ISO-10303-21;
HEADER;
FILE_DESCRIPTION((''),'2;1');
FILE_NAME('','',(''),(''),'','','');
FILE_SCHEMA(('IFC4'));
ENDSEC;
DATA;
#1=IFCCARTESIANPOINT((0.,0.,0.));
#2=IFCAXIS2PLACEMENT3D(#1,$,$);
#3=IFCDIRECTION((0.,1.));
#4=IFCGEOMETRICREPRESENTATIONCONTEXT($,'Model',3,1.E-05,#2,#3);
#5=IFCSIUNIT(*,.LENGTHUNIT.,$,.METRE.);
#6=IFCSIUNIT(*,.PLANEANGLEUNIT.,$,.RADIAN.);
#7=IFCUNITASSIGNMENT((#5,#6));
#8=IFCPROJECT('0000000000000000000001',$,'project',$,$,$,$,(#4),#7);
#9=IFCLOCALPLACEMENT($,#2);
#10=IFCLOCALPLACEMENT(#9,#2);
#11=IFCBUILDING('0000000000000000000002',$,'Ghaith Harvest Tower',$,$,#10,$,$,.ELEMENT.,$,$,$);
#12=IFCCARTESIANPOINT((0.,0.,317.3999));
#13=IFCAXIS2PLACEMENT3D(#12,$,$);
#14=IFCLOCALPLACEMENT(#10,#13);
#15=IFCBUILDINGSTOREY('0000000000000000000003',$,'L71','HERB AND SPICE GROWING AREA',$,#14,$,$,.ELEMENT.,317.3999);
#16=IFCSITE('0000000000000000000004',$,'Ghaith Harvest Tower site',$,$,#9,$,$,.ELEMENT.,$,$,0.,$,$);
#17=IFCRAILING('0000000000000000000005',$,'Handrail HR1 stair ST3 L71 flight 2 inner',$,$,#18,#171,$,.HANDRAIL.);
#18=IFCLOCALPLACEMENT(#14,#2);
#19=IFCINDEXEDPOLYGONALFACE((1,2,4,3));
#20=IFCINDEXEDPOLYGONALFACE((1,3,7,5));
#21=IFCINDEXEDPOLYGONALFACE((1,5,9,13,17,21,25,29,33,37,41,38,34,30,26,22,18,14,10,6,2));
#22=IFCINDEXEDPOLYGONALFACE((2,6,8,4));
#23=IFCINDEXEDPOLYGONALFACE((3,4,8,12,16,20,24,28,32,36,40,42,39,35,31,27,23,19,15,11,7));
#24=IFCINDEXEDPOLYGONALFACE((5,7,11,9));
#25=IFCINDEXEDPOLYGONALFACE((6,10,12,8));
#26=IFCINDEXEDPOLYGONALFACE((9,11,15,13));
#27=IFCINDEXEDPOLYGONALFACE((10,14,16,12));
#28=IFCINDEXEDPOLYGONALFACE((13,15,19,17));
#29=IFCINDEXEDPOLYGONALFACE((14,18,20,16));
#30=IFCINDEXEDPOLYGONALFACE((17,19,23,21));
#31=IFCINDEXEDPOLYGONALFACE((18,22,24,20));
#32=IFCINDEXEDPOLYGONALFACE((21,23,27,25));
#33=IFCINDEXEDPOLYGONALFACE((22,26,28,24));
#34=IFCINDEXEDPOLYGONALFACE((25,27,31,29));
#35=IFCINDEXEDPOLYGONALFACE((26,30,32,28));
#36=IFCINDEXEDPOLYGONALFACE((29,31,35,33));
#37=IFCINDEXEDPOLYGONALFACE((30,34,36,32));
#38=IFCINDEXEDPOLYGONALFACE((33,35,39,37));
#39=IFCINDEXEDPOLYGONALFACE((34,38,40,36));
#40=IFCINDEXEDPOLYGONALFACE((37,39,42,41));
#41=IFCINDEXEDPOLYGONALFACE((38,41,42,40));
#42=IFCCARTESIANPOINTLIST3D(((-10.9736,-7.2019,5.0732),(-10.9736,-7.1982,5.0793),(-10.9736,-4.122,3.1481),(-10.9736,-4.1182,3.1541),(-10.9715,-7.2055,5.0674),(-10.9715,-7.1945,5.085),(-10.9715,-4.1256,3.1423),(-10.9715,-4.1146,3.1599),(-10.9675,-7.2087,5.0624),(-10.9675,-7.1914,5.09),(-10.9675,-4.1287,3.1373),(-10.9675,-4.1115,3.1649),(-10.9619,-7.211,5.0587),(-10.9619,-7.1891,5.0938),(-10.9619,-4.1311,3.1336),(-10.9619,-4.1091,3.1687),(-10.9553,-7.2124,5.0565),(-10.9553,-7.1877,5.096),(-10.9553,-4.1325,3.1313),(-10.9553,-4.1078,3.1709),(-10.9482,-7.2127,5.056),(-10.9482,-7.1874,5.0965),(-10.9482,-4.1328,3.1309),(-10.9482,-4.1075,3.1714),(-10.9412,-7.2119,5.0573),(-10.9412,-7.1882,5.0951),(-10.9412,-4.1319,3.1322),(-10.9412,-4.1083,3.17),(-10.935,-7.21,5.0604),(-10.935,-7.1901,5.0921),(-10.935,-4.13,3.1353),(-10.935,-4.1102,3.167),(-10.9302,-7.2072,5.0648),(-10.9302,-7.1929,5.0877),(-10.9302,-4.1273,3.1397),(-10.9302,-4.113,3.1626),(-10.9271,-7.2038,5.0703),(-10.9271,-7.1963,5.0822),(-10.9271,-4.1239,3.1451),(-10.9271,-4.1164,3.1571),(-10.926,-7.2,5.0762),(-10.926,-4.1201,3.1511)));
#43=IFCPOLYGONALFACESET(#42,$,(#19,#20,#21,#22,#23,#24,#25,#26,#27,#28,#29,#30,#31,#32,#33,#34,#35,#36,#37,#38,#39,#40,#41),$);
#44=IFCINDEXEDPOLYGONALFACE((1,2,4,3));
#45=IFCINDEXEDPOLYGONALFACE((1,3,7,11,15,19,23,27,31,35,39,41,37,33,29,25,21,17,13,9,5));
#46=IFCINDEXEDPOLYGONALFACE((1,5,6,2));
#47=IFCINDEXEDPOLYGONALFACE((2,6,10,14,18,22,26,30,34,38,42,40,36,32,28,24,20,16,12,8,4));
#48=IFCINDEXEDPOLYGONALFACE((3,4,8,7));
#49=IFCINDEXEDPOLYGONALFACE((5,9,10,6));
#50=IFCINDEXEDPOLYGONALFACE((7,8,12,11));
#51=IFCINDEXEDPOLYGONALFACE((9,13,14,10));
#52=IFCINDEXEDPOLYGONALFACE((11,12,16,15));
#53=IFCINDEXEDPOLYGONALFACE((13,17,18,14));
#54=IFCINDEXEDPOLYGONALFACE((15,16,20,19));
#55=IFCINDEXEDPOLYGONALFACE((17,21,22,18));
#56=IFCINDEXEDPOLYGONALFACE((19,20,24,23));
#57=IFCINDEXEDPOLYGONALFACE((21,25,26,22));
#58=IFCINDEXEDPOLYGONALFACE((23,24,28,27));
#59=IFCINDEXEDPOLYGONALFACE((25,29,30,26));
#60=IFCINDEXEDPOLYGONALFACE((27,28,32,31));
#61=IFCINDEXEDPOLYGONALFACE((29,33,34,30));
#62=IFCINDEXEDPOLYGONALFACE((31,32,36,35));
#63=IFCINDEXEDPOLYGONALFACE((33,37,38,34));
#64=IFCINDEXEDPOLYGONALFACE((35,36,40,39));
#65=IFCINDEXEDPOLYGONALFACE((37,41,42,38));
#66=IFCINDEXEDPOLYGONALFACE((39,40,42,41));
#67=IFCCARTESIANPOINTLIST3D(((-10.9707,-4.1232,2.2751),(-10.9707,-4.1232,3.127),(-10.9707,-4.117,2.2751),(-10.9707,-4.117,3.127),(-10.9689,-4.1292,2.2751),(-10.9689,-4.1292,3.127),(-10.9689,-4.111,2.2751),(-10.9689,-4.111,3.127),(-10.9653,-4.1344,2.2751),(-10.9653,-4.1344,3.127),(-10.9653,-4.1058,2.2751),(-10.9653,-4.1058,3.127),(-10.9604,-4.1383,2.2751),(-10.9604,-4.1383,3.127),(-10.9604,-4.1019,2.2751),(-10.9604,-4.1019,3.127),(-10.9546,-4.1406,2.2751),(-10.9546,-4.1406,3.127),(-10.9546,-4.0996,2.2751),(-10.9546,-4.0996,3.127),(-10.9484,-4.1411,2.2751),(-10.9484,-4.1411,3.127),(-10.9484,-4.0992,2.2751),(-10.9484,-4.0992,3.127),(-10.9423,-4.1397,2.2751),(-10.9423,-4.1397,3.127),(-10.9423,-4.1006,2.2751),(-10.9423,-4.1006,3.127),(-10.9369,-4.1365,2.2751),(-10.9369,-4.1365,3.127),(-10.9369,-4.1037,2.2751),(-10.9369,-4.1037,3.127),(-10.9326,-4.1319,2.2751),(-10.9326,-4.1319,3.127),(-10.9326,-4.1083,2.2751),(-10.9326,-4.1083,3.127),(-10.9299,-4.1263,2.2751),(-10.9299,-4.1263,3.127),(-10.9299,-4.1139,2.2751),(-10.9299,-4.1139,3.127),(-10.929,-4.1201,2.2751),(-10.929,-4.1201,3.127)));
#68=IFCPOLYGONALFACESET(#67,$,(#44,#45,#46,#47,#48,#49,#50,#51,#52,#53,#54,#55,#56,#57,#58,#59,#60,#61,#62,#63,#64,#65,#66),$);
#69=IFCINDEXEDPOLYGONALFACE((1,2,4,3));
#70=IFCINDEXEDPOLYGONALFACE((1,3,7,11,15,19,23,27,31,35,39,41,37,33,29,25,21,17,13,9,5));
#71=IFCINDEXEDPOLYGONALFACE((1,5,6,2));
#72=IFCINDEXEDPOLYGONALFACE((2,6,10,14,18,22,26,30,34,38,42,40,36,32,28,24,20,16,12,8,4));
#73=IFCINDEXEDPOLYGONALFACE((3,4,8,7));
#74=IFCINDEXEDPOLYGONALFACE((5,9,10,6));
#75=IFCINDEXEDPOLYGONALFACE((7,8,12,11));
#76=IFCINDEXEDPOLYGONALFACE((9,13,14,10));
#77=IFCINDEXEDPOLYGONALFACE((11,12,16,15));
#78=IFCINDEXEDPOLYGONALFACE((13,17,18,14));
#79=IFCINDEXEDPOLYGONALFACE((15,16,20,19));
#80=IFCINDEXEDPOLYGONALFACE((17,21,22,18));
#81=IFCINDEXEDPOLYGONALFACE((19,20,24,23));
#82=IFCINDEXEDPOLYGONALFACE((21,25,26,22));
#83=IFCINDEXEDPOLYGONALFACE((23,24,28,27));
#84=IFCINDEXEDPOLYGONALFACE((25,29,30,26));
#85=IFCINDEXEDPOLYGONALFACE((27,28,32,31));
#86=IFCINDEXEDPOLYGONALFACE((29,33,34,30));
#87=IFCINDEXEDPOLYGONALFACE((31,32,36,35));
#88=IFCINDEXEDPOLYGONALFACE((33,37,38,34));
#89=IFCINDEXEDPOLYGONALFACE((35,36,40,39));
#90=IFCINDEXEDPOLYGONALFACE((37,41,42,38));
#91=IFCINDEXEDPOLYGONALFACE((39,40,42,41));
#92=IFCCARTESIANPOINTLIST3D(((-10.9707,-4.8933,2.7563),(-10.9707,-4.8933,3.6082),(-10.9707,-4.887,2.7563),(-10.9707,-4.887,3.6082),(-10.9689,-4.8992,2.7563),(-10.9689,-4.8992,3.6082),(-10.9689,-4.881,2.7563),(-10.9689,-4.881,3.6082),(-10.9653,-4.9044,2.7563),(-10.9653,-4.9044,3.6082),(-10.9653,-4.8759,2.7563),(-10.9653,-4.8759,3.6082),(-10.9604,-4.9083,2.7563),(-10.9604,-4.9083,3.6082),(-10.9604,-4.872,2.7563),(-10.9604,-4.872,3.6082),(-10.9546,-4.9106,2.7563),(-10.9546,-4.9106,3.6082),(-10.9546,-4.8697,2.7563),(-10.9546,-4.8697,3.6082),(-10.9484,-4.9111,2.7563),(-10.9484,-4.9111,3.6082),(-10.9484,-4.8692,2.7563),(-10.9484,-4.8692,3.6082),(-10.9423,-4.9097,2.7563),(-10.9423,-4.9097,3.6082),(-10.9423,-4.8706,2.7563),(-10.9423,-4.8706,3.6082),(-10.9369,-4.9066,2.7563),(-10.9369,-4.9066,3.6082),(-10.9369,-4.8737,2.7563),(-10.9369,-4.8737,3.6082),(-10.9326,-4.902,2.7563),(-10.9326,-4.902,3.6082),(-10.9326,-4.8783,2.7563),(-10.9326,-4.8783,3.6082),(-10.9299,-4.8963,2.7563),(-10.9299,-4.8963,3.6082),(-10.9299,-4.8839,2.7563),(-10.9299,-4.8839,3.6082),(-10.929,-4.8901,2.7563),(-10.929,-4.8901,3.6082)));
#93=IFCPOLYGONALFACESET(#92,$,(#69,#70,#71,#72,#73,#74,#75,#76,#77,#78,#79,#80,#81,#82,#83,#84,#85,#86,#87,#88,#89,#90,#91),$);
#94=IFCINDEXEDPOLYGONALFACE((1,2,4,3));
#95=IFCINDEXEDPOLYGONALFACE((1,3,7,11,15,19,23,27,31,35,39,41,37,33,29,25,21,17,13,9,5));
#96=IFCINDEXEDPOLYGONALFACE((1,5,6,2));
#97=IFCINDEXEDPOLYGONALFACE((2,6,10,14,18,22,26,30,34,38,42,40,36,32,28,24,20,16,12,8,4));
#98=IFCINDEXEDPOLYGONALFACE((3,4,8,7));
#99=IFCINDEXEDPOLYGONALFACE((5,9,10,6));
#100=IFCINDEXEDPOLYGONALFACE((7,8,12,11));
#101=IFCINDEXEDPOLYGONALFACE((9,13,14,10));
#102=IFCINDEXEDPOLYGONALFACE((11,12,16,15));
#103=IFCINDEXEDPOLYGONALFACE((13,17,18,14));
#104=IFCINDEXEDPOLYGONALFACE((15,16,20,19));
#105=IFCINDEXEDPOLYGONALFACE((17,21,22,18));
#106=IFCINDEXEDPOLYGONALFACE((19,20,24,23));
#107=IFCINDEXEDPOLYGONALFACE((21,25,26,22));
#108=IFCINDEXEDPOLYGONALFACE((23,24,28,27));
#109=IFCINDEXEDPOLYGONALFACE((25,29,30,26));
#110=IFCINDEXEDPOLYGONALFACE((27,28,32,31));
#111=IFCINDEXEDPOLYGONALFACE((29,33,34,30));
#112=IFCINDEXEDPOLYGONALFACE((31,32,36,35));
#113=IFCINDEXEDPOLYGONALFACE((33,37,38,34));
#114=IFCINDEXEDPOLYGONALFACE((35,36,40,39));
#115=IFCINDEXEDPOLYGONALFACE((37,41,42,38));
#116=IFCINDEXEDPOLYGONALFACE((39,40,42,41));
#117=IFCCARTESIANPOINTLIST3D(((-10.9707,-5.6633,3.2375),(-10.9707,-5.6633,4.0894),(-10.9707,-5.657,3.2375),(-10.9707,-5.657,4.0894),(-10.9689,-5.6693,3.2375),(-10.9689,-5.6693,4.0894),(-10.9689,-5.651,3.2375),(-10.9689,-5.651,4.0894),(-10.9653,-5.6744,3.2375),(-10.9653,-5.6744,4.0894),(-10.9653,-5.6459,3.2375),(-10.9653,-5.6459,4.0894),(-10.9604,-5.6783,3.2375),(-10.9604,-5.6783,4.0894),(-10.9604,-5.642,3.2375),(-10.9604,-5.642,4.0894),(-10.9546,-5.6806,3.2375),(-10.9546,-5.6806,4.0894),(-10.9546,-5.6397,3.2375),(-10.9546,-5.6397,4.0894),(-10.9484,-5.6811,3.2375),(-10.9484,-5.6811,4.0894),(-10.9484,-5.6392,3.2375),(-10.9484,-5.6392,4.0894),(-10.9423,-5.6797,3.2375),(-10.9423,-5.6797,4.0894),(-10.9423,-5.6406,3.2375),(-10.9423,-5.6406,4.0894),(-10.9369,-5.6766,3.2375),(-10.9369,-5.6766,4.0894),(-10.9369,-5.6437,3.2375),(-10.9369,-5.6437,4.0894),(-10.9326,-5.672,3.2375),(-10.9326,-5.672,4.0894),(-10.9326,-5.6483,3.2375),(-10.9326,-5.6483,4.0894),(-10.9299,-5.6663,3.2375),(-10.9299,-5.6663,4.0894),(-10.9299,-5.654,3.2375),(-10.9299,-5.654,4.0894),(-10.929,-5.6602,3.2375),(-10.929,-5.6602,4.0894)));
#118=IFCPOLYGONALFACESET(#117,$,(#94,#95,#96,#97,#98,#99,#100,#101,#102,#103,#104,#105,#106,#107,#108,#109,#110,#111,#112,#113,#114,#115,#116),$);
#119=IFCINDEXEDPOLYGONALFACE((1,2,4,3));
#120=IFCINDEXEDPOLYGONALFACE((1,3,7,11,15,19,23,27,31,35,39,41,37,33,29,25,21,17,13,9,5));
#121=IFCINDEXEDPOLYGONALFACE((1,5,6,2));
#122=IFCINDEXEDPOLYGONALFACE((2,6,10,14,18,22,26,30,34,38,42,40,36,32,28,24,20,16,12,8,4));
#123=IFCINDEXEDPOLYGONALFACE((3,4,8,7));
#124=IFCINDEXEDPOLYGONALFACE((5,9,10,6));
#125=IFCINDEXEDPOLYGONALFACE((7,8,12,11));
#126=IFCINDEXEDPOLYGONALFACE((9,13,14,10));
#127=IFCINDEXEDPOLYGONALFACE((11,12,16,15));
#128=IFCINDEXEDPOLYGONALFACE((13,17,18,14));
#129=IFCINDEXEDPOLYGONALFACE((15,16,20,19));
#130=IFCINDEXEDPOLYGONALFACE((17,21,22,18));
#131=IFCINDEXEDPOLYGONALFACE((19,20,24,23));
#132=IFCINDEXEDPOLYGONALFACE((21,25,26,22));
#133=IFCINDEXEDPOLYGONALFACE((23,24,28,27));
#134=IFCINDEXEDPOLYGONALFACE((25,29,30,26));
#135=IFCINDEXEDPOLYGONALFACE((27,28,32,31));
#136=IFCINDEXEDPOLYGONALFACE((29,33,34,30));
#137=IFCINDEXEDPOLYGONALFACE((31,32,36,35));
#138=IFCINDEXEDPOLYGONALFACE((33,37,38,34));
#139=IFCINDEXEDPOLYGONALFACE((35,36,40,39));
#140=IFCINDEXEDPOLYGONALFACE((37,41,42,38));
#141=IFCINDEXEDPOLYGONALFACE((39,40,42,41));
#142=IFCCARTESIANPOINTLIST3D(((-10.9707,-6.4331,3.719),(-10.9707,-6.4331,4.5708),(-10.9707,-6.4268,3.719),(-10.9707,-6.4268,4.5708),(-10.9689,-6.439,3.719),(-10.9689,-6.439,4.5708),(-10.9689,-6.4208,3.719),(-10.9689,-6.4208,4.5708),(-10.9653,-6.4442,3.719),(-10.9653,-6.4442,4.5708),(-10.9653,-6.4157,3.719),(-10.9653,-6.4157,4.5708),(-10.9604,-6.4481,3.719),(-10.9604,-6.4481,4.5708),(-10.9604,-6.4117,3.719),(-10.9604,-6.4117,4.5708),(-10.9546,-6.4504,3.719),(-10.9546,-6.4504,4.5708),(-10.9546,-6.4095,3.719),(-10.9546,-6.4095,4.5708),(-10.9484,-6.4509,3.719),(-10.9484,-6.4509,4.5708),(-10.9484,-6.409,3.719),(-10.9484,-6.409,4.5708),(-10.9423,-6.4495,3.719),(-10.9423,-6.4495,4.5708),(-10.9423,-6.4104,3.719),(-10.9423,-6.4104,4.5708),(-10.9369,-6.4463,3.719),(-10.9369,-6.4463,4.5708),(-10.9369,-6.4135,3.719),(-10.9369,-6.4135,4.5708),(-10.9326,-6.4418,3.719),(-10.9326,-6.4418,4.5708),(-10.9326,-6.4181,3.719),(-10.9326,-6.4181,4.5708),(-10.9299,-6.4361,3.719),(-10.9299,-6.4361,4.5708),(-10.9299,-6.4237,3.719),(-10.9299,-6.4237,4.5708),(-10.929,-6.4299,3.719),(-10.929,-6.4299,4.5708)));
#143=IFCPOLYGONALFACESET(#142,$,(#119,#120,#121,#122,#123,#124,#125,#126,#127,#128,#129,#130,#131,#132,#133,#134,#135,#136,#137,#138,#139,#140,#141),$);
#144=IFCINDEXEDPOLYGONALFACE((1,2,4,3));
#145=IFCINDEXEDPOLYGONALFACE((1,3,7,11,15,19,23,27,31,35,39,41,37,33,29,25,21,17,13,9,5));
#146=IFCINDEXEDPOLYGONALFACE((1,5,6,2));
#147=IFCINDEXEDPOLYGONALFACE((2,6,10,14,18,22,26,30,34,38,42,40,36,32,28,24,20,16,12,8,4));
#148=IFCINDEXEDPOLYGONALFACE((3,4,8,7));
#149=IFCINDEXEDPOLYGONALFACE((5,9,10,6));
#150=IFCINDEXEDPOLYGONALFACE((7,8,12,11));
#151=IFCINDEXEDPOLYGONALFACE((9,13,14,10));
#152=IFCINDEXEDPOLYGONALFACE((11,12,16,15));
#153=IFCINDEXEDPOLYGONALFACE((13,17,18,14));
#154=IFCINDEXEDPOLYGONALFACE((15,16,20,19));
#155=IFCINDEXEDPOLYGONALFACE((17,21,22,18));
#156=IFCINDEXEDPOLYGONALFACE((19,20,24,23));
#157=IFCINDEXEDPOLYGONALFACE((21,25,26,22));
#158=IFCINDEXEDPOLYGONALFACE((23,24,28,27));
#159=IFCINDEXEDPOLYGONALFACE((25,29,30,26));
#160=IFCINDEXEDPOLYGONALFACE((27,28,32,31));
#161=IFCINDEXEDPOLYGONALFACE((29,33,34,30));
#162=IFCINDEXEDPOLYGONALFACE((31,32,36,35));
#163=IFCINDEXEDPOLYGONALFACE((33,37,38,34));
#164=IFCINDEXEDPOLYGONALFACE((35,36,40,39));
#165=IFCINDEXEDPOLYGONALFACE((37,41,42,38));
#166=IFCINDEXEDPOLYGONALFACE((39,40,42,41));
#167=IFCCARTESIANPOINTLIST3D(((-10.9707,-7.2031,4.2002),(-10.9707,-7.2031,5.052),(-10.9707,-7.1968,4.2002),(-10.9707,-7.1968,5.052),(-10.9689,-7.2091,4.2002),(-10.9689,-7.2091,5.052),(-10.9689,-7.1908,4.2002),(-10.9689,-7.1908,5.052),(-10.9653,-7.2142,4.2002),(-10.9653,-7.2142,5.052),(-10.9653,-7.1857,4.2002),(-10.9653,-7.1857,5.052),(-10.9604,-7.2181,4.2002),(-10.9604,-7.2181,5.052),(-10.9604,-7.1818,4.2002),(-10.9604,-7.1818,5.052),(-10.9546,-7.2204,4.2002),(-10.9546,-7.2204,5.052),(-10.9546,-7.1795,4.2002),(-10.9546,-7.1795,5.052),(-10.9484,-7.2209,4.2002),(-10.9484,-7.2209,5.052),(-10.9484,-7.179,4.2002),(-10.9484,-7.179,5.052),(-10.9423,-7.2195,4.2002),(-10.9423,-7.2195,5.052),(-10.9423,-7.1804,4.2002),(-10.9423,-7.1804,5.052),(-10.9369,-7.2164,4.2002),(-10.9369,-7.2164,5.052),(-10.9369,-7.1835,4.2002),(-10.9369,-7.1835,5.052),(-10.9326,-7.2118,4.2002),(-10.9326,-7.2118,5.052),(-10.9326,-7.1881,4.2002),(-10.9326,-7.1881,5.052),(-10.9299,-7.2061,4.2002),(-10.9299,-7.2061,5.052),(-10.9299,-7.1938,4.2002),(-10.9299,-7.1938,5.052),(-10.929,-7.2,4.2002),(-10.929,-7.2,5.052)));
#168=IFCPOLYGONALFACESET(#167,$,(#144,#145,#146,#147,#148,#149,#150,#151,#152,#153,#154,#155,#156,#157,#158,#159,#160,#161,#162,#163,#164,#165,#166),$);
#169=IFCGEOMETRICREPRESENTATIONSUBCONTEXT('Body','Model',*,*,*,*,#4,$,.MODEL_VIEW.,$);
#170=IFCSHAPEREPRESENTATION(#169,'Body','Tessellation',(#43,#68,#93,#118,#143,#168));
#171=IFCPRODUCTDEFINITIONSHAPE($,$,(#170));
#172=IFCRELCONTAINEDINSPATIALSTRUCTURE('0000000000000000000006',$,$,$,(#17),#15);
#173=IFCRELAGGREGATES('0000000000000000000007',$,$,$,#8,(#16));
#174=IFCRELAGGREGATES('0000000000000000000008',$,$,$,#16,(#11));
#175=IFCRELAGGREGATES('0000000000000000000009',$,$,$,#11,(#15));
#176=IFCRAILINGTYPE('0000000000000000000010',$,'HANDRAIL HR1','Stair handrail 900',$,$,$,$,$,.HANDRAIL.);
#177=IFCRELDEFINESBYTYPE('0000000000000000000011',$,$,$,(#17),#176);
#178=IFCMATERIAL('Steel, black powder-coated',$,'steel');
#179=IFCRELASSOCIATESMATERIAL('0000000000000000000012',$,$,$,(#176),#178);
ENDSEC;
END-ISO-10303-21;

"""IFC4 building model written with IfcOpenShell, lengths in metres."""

from ifc_helpers import new_model, si_unit, direction, frame, origin, origin_2d, place, context, subcontext, project, spatial, circle, extrude, material, type_object, element, save


model = new_model("IFC4")

# Units and contexts
model_context = context("Model", 3, precision=1e-05, world=origin(), true_north=direction((0.0, 1.0)))
body_context = subcontext(model_context, "Body", "Model", "MODEL_VIEW")
ifc_project = project(units=[si_unit("LENGTHUNIT", "METRE"), si_unit("PLANEANGLEUNIT", "RADIAN")], contexts=[model_context])

# Site, building, storey
site_placement = place(None, origin())
site = spatial("IfcSite", under=ifc_project, at=site_placement, Name="Ghaith Harvest Tower site", CompositionType="ELEMENT", RefElevation=0.0)
building_placement = place(site_placement, origin())
building = spatial("IfcBuilding", under=site, at=building_placement, Name="Ghaith Harvest Tower", CompositionType="ELEMENT")
storey_placement = place(building_placement, frame((0.0, 0.0, 317.3999)))
storey = spatial("IfcBuildingStorey", under=building, at=storey_placement, Name="L71", Description="HERB AND SPICE GROWING AREA", CompositionType="ELEMENT", Elevation=317.3999)

# Railing
ifc_material_1 = material(Name="Steel, black powder-coated", Category="steel")
railing_type = type_object("IfcRailingType", Name="HANDRAIL HR1", Description="Stair handrail 900", PredefinedType="HANDRAIL", material=ifc_material_1)
railing_1_placement = place(storey_placement, frame((-10.95, -4.1201, 2.2751)))
element("IfcRailing", 1, at=railing_1_placement, inside=storey, type_object=railing_type, Name="Handrail HR1 stair ST3 L71 flight 2 inner", PredefinedType="HANDRAIL", context=body_context, shape_type="SweptSolid", body=[
    extrude(circle(Radius=0.0239, at=origin_2d()), frame((0.0, 0.0, 0.876), z_axis=(0.0, -0.847979, 0.530029), x_axis=(1.0, 0.0, 0.0)), (0.0, 0.0, 1.0), 3.6321),
    extrude(circle(Radius=0.021, at=origin_2d()), origin(), (0.0, 0.0, 1.0), 0.8518),
    extrude(circle(Radius=0.021, at=origin_2d()), frame((0.0, -0.77, 0.4812)), (0.0, 0.0, 1.0), 0.8518),
    extrude(circle(Radius=0.021, at=origin_2d()), frame((0.0, -1.54, 0.9624)), (0.0, 0.0, 1.0), 0.8518),
    extrude(circle(Radius=0.021, at=origin_2d()), frame((0.0, -2.3098, 1.4438)), (0.0, 0.0, 1.0), 0.8518),
    extrude(circle(Radius=0.021, at=origin_2d()), frame((0.0, -3.0798, 1.925)), (0.0, 0.0, 1.0), 0.8518),
])

save(model, "model.ifc")
